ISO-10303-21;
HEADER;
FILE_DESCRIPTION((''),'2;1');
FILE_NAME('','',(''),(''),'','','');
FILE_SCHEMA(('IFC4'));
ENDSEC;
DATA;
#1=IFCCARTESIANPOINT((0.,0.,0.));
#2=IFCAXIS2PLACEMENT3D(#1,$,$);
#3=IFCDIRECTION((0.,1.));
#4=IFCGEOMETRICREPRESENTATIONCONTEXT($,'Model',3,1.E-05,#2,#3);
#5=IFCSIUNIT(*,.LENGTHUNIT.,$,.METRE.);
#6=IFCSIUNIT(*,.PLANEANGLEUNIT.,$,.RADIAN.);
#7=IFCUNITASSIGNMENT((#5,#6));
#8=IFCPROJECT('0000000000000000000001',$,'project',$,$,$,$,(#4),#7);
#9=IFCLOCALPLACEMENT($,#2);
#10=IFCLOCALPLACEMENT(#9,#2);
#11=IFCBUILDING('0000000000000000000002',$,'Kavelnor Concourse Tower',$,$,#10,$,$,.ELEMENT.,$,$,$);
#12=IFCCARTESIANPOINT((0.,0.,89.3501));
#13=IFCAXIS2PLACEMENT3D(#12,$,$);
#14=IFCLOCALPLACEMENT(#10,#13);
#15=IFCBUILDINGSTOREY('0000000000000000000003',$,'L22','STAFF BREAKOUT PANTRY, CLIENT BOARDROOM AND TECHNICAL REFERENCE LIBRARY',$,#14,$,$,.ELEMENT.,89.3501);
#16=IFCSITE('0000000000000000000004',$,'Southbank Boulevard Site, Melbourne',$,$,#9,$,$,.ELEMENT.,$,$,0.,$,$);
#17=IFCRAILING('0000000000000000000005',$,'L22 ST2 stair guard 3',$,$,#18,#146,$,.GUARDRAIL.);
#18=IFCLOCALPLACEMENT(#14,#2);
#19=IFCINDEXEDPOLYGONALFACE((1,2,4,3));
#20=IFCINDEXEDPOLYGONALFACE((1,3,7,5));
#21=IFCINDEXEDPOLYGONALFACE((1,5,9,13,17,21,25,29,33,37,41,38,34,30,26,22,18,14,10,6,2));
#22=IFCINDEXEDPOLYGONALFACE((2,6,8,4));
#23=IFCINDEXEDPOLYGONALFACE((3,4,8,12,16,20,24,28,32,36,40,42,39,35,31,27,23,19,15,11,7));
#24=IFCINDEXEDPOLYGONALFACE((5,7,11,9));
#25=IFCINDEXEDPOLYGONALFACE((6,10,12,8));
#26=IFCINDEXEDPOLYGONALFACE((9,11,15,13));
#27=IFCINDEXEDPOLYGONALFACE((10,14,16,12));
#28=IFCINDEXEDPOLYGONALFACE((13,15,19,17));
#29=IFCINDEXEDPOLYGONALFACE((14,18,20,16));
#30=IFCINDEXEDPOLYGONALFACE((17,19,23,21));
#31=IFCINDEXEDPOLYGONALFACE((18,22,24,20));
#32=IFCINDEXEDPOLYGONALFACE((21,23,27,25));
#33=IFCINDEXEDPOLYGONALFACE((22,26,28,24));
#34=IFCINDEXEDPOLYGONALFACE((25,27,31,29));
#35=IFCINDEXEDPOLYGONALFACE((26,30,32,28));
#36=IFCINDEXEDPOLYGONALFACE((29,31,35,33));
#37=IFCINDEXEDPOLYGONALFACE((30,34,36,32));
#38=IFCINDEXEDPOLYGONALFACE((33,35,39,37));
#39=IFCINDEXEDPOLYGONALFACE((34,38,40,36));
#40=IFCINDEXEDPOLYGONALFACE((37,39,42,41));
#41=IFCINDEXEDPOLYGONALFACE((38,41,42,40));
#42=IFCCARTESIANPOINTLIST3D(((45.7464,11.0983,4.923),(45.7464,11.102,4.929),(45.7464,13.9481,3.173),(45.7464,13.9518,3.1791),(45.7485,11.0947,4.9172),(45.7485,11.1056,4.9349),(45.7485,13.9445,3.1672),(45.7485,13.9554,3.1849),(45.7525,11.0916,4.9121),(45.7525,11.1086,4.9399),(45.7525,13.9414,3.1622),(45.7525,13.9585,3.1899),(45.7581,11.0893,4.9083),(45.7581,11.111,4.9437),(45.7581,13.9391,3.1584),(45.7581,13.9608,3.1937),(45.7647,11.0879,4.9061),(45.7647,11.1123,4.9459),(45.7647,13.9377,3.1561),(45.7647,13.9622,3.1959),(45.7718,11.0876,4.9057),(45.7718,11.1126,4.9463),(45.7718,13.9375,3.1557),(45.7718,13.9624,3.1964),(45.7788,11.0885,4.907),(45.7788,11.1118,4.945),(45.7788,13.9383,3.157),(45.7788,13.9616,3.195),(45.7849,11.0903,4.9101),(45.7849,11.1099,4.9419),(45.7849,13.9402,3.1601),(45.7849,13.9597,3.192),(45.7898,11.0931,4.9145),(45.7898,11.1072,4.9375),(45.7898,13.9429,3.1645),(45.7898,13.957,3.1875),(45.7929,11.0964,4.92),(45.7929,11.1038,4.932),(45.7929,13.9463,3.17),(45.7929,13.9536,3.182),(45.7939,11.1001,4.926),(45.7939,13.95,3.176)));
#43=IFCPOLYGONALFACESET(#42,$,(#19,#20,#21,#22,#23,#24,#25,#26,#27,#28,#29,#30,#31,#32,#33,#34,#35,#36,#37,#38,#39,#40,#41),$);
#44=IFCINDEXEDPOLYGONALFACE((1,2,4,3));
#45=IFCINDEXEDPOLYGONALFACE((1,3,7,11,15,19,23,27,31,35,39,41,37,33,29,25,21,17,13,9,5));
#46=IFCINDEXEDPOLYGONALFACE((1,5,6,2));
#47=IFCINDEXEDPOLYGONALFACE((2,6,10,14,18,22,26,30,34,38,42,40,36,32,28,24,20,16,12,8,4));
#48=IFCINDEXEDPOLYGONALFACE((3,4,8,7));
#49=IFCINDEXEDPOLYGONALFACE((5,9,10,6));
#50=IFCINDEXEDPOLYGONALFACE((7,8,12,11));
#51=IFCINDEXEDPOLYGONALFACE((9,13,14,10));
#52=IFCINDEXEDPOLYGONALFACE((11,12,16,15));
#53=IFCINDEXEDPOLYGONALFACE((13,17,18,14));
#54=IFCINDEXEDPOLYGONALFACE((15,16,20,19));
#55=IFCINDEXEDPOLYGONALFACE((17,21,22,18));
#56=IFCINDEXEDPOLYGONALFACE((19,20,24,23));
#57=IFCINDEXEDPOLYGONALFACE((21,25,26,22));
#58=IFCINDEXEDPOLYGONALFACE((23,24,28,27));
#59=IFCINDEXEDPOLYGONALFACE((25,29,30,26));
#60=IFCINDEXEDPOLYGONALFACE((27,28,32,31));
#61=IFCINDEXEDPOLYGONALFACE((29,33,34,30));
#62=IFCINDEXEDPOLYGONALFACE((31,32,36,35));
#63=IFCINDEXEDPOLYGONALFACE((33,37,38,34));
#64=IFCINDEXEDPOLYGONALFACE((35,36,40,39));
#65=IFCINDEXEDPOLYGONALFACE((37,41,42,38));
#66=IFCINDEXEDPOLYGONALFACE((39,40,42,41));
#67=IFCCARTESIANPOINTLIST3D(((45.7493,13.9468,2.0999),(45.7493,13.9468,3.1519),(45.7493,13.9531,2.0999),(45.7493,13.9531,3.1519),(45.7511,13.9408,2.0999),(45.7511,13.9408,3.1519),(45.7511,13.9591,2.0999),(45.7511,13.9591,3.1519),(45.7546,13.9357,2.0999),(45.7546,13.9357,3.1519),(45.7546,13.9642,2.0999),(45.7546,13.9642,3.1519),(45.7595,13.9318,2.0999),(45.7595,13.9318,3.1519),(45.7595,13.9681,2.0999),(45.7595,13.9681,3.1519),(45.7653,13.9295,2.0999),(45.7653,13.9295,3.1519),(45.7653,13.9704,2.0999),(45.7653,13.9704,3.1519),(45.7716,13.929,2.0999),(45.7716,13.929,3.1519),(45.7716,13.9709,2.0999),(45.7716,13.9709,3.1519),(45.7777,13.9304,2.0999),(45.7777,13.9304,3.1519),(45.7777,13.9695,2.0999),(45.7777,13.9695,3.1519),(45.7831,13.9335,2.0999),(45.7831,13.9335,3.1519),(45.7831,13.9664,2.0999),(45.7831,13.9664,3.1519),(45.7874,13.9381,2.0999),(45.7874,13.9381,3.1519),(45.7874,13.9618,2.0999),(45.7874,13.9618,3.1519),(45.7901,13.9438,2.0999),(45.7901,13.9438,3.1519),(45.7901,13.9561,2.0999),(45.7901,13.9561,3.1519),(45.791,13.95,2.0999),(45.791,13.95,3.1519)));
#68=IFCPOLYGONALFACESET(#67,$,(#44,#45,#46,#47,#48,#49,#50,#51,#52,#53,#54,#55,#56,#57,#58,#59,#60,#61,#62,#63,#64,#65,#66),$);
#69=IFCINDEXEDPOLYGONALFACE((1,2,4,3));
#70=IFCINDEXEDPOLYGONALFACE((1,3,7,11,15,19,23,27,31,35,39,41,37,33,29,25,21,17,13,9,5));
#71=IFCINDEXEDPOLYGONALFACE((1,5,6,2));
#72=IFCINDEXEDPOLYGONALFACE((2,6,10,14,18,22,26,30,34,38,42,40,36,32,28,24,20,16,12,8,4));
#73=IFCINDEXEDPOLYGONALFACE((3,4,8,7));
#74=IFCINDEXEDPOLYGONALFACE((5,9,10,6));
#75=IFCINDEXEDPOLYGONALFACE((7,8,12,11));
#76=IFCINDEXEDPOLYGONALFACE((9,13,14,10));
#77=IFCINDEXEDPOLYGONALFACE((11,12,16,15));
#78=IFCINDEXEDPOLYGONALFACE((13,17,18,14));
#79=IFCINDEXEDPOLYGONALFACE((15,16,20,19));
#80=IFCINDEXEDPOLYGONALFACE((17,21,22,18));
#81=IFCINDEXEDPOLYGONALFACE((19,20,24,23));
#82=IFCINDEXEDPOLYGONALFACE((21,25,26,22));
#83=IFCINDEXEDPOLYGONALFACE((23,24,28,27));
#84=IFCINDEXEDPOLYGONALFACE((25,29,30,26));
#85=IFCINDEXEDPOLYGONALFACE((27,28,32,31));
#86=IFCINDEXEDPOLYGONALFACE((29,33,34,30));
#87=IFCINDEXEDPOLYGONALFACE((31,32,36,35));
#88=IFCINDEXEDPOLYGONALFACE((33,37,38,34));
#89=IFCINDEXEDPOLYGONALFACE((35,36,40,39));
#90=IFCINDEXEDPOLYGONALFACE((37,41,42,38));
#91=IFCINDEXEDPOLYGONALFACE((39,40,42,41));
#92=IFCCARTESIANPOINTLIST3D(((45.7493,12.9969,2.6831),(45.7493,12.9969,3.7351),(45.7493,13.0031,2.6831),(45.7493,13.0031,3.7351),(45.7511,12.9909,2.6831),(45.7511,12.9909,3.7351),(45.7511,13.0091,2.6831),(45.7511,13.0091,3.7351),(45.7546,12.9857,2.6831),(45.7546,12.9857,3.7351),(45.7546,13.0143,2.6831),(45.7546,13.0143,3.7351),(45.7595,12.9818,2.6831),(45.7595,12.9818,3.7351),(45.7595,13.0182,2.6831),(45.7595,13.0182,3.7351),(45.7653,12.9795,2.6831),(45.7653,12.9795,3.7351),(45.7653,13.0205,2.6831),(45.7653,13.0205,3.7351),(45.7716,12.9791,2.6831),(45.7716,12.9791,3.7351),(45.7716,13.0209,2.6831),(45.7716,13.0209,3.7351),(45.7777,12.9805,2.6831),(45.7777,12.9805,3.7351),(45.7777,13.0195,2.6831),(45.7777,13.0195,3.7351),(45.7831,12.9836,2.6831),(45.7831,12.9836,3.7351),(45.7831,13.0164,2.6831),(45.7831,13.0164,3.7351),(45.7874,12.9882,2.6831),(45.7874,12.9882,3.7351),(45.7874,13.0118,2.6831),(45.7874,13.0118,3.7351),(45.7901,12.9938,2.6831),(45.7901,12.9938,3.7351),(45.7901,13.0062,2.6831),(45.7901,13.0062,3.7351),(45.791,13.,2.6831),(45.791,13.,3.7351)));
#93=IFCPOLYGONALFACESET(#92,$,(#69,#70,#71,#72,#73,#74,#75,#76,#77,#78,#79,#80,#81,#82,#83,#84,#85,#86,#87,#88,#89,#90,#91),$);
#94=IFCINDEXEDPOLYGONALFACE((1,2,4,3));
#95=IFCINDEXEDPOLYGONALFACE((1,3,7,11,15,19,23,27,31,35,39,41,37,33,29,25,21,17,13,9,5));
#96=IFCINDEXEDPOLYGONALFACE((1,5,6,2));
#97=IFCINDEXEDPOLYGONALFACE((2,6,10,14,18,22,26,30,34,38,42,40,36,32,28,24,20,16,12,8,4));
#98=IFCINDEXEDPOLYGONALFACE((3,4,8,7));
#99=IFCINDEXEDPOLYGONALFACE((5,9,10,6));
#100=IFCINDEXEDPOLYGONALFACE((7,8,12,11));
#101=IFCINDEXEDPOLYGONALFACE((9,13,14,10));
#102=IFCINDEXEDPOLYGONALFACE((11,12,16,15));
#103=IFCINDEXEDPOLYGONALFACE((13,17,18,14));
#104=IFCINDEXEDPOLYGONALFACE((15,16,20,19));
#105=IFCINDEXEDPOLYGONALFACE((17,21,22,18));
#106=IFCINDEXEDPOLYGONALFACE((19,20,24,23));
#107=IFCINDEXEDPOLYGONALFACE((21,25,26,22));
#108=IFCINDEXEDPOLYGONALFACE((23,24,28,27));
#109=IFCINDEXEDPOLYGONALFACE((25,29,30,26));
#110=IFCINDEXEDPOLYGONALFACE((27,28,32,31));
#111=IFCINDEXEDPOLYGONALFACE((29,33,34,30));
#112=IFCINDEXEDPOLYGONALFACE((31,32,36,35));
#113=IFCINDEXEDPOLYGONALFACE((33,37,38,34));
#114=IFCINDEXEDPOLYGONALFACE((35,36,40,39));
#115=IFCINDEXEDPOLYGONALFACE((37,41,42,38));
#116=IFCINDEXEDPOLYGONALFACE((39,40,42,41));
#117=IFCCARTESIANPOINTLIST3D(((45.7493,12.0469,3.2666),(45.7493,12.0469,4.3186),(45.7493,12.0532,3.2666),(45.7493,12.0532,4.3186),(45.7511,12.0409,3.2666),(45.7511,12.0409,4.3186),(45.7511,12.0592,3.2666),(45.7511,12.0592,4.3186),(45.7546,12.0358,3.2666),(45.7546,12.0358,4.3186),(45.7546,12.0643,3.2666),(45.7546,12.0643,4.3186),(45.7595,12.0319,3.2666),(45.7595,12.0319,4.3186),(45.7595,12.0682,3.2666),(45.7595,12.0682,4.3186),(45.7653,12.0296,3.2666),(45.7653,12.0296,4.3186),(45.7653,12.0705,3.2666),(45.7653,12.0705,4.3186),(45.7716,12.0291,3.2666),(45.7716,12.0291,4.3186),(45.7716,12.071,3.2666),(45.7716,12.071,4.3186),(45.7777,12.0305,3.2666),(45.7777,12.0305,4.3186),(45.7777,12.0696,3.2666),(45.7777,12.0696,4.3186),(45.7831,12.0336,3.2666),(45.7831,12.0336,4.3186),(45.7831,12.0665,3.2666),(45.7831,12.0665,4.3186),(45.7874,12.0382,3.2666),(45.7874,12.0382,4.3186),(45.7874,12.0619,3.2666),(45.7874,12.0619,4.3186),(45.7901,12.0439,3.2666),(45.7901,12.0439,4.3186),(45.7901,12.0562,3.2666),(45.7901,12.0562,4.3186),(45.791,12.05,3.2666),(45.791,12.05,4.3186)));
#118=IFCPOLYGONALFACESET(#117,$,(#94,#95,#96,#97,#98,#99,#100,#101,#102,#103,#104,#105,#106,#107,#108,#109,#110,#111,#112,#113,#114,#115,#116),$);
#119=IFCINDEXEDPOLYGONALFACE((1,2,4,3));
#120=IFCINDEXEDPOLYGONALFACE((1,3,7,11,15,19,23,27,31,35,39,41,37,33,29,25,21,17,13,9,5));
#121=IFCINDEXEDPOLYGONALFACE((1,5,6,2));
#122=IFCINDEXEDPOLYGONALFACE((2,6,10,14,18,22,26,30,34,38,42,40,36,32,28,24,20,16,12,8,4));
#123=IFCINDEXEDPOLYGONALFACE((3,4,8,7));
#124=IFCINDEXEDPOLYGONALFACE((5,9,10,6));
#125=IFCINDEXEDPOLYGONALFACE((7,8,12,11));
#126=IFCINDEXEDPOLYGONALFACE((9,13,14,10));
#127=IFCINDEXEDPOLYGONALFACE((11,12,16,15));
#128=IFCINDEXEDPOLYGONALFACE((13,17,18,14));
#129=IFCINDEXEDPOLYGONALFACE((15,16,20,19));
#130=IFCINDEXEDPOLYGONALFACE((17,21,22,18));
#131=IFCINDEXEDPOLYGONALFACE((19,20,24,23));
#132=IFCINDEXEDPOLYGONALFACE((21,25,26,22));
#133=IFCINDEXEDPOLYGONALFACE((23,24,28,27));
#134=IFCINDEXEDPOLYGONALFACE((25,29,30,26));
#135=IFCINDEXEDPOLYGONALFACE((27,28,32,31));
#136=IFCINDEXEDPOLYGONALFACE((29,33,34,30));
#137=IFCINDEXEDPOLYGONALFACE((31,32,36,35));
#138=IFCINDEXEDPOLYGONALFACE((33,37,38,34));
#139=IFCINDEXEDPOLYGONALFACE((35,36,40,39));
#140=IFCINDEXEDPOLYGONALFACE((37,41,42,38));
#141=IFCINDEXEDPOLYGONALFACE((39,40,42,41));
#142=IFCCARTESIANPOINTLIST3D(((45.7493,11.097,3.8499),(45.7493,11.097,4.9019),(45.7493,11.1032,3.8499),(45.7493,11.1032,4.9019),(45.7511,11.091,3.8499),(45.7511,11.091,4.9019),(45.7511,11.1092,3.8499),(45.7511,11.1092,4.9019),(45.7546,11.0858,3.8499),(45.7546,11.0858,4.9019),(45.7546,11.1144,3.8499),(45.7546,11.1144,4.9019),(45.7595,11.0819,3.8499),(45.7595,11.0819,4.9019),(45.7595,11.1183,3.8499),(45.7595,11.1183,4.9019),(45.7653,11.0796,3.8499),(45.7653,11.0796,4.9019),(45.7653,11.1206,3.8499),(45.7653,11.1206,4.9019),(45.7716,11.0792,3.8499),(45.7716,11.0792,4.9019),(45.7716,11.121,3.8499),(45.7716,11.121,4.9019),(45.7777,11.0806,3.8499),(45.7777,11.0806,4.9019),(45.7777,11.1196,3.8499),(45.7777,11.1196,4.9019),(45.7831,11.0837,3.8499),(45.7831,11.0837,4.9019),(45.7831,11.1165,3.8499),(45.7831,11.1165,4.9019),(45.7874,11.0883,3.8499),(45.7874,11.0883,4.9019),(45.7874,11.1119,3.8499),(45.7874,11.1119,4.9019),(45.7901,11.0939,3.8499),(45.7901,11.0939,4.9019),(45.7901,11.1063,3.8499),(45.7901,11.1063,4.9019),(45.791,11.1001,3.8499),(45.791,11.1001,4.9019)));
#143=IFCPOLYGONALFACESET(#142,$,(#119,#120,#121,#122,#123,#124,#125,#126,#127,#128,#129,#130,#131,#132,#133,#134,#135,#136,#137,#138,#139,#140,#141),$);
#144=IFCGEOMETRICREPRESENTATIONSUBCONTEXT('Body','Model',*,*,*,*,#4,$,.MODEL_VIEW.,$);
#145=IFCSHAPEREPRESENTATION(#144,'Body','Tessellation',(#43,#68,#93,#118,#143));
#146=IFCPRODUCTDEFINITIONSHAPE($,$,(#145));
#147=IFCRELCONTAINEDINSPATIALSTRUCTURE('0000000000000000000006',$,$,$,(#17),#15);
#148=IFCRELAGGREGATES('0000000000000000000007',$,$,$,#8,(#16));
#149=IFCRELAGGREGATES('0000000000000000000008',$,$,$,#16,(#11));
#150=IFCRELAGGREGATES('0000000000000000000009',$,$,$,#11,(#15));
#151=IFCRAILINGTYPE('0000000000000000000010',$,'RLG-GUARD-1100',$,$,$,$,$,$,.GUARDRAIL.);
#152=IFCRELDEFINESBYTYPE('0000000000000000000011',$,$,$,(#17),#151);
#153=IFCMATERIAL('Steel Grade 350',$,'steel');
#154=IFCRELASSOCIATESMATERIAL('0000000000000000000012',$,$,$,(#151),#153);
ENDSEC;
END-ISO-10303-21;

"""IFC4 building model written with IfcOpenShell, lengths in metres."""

from ifc_helpers import new_model, si_unit, direction, frame, origin, origin_2d, place, context, subcontext, project, spatial, circle, extrude, material, type_object, element, save


model = new_model("IFC4")

# Units and contexts
model_context = context("Model", 3, precision=1e-05, world=origin(), true_north=direction((0.0, 1.0)))
body_context = subcontext(model_context, "Body", "Model", "MODEL_VIEW")
ifc_project = project(units=[si_unit("LENGTHUNIT", "METRE"), si_unit("PLANEANGLEUNIT", "RADIAN")], contexts=[model_context])

# Site, building, storey
site_placement = place(None, origin())
site = spatial("IfcSite", under=ifc_project, at=site_placement, Name="Southbank Boulevard Site, Melbourne", CompositionType="ELEMENT", RefElevation=0.0)
building_placement = place(site_placement, origin())
building = spatial("IfcBuilding", under=site, at=building_placement, Name="Kavelnor Concourse Tower", CompositionType="ELEMENT")
storey_placement = place(building_placement, frame((0.0, 0.0, 89.3501)))
storey = spatial("IfcBuildingStorey", under=building, at=storey_placement, Name="L22", Description="STAFF BREAKOUT PANTRY, CLIENT BOARDROOM AND TECHNICAL REFERENCE LIBRARY", CompositionType="ELEMENT", Elevation=89.3501)

# Shared definitions
ifc_material_1 = material(Name="Steel Grade 350", Category="steel")

# Railing
railing_type_1 = type_object("IfcRailingType", Name="RLG-GUARD-1100", PredefinedType="GUARDRAIL", material=ifc_material_1)
railing_1_placement = place(storey_placement, frame((45.77, 13.95, 2.0999)))
element("IfcRailing", 1, at=railing_1_placement, inside=storey, type_object=railing_type_1, Name="L22 ST2 stair guard 3", PredefinedType="GUARDRAIL", context=body_context, shape_type="SweptSolid", body=[
    extrude(circle(Radius=0.0239, at=origin_2d()), frame((0.0, 0.0, 1.0762), z_axis=(0.0, -0.852159, 0.523283), x_axis=(1.0, 0.0, 0.0)), (0.0, 0.0, 1.0), 3.3442),
    extrude(circle(Radius=0.021, at=origin_2d()), origin(), (0.0, 0.0, 1.0), 1.052),
    extrude(circle(Radius=0.021, at=origin_2d()), frame((0.0, -0.95, 0.5833)), (0.0, 0.0, 1.0), 1.052),
    extrude(circle(Radius=0.021, at=origin_2d()), frame((0.0, -1.8999, 1.1667)), (0.0, 0.0, 1.0), 1.052),
    extrude(circle(Radius=0.021, at=origin_2d()), frame((0.0, -2.8499, 1.75)), (0.0, 0.0, 1.0), 1.052),
])

save(model, "model.ifc")
